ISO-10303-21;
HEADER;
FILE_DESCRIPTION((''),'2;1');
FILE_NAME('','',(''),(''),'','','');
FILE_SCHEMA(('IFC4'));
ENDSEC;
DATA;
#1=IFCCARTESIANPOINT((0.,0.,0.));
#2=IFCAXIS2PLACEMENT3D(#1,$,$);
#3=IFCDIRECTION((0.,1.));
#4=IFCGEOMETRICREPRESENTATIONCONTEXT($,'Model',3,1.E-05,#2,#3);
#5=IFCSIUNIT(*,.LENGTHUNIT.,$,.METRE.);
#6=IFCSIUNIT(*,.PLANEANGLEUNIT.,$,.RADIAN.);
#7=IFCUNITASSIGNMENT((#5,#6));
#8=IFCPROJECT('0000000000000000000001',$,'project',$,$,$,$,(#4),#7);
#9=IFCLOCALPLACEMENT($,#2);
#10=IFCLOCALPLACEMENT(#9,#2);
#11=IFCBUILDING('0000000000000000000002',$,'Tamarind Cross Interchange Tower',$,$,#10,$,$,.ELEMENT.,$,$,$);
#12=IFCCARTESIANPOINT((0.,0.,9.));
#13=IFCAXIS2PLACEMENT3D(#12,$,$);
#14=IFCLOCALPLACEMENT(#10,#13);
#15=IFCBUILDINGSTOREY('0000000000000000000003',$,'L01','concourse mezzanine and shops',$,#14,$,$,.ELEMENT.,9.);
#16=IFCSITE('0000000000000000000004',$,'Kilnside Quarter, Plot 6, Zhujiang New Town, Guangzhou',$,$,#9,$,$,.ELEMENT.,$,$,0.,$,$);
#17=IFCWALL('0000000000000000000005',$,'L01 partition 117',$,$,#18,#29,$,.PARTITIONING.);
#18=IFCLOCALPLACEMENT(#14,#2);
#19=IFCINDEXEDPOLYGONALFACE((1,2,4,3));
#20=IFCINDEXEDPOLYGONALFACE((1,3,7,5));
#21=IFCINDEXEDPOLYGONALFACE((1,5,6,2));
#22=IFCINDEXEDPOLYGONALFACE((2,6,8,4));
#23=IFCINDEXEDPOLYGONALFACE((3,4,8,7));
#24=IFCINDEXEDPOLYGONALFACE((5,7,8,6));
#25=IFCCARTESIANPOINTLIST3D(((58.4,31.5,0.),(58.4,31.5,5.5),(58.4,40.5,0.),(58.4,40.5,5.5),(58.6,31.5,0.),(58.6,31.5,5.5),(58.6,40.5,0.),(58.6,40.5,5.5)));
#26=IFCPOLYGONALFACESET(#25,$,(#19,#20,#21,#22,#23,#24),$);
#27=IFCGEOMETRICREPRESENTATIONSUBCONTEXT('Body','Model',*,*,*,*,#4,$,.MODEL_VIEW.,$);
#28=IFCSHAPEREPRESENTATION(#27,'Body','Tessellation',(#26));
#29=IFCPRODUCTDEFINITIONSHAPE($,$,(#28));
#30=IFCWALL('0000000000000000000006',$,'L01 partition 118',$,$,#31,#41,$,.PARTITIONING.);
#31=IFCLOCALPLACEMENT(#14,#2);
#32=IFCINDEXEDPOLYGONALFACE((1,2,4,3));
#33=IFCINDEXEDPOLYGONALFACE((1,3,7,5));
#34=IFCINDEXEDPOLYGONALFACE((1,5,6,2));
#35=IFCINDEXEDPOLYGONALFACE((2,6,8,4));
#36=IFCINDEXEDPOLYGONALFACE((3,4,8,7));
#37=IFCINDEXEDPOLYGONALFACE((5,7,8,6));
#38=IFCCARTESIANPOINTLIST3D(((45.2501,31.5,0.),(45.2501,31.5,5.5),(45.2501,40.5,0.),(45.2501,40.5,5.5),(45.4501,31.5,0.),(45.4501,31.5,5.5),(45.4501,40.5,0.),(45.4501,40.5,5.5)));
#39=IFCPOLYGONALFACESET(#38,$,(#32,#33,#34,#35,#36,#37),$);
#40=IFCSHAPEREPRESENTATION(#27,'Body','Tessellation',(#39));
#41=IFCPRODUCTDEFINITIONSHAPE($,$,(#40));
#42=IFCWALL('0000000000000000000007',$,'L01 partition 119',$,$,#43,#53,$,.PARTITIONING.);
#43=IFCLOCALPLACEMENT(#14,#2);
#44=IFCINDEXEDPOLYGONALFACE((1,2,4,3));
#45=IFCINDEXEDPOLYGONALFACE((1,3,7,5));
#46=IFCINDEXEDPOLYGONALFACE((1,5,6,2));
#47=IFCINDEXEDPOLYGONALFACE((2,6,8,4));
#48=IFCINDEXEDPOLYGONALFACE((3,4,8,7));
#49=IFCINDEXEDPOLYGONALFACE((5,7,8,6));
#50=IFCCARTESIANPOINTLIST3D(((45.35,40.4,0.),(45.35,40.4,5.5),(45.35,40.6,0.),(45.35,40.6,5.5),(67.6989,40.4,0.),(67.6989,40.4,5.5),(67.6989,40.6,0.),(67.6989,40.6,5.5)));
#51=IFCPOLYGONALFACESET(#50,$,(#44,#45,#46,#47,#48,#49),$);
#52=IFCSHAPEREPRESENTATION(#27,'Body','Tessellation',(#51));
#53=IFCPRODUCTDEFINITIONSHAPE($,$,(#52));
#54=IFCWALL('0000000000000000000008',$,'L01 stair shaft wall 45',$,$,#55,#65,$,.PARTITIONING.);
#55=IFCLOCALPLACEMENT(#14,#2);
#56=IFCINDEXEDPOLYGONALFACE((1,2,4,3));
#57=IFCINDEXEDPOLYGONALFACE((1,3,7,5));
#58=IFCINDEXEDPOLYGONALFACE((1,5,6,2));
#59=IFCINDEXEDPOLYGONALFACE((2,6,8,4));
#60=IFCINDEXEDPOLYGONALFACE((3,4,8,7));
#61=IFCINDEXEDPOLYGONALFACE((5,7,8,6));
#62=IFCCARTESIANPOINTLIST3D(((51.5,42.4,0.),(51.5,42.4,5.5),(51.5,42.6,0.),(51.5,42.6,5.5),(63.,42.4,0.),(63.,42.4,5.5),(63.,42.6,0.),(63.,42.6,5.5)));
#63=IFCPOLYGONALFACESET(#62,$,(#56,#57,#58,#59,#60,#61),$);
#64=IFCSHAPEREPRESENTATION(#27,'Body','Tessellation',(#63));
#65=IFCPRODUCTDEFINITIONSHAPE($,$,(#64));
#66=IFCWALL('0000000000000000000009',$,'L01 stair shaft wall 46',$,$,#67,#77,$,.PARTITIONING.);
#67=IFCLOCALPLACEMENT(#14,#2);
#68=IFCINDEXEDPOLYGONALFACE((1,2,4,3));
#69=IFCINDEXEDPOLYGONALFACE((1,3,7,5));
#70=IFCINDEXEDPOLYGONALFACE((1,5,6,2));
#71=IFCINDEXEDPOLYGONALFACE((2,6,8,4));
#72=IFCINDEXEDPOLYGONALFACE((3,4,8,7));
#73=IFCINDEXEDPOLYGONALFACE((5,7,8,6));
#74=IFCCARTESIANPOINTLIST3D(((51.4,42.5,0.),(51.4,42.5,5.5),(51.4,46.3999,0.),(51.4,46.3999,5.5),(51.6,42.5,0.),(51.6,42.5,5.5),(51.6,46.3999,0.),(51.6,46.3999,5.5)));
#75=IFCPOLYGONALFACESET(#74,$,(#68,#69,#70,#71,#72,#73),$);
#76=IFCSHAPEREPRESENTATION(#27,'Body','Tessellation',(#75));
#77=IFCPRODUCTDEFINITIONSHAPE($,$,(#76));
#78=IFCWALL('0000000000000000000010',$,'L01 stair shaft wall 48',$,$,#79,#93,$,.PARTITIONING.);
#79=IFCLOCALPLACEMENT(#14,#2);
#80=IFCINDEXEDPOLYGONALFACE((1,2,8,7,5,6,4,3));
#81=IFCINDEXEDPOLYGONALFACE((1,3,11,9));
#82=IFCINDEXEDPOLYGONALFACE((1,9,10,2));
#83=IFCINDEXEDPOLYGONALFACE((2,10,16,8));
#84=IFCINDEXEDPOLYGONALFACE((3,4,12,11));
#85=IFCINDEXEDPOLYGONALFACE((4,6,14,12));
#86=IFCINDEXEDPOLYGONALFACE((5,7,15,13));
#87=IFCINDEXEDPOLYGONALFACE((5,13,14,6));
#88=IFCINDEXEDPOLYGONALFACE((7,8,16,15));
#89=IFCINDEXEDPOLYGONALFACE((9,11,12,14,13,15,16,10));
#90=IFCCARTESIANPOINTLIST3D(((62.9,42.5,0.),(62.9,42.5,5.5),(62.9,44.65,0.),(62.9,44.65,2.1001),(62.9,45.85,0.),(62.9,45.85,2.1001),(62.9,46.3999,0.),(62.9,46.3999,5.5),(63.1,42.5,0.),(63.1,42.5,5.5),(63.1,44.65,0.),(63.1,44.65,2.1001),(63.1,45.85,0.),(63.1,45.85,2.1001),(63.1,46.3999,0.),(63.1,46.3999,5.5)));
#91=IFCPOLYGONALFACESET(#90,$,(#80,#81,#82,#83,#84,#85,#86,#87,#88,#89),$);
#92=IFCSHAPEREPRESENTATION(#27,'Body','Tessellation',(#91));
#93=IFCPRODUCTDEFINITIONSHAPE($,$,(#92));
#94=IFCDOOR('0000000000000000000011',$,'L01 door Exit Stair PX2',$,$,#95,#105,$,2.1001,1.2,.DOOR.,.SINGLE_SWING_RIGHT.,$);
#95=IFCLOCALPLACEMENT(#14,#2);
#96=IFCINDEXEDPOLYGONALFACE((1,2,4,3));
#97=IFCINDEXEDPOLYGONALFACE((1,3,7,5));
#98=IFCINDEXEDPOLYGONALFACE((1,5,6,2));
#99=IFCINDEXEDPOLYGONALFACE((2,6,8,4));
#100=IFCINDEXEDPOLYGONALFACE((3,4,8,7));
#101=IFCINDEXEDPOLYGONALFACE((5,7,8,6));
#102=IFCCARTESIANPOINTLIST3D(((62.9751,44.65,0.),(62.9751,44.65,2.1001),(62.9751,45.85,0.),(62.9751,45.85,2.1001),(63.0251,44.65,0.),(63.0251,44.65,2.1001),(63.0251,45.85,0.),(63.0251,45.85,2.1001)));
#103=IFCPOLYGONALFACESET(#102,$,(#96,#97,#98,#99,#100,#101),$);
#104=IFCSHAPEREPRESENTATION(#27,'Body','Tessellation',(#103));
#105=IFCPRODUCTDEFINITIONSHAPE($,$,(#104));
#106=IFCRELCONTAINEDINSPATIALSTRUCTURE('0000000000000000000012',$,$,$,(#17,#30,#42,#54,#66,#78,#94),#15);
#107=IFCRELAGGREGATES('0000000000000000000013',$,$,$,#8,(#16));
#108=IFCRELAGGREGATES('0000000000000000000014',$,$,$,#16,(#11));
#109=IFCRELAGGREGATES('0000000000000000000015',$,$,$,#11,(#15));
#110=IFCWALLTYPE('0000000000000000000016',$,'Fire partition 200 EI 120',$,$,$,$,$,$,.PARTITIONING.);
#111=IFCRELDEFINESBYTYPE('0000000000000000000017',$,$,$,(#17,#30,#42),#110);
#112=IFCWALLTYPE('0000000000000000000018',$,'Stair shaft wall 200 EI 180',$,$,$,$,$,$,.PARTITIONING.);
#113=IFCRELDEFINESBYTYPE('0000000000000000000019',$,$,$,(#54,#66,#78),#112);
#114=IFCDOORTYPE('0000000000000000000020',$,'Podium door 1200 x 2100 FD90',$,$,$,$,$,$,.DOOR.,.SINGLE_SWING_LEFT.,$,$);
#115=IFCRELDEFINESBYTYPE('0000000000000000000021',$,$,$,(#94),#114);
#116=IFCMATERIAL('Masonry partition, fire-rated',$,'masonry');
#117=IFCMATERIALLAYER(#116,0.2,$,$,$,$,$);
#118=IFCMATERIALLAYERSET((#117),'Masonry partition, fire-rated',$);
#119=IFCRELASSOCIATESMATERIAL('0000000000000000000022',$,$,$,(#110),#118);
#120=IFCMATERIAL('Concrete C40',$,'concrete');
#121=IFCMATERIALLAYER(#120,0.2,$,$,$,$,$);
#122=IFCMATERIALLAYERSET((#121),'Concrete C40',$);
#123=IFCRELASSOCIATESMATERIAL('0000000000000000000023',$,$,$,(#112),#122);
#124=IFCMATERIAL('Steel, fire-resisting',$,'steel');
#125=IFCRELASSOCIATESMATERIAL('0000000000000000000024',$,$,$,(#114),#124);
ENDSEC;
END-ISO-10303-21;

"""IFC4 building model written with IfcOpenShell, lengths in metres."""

from ifc_helpers import new_model, si_unit, direction, frame, frame_2d, origin, place, context, subcontext, project, spatial, rectangle, extrude, material, layer, layer_set, type_object, element, fill, save


model = new_model("IFC4")

# Units and contexts
model_context = context("Model", 3, precision=1e-05, world=origin(), true_north=direction((0.0, 1.0)))
body_context = subcontext(model_context, "Body", "Model", "MODEL_VIEW")
ifc_project = project(units=[si_unit("LENGTHUNIT", "METRE"), si_unit("PLANEANGLEUNIT", "RADIAN")], contexts=[model_context])

# Site, building, storey
site_placement = place(None, origin())
site = spatial("IfcSite", under=ifc_project, at=site_placement, Name="Kilnside Quarter, Plot 6, Zhujiang New Town, Guangzhou", CompositionType="ELEMENT", RefElevation=0.0)
building_placement = place(site_placement, origin())
building = spatial("IfcBuilding", under=site, at=building_placement, Name="Tamarind Cross Interchange Tower", CompositionType="ELEMENT")
storey_placement = place(building_placement, frame((0.0, 0.0, 9.0)))
storey = spatial("IfcBuildingStorey", under=building, at=storey_placement, Name="L01", Description="concourse mezzanine and shops", CompositionType="ELEMENT", Elevation=9.0)

# Shared definitions
ifc_material_1 = material(Name="Masonry partition, fire-rated", Category="masonry")
ifc_layer_1 = layer(ifc_material_1, 0.2)
ifc_layer_set_1 = layer_set([ifc_layer_1], Name="Masonry partition, fire-rated")
wall_type_1 = type_object("IfcWallType", Name="Fire partition 200 EI 120", PredefinedType="PARTITIONING", material=ifc_layer_set_1)
ifc_material_2 = material(Name="Steel, fire-resisting", Category="steel")

# Walls
for number, where, z_axis, x_axis, name in (
    (1, (58.5, 31.5, 0.0), (0.0, 0.0, 1.0), (0.0, 1.0, 0.0), "L01 partition 117"),
    (2, (45.3501, 31.5, 0.0), (0.0, 0.0, 1.0), (0.0, 1.0, 0.0), "L01 partition 118"),
):
    element("IfcWall", number, at=place(storey_placement, frame(where, z_axis=z_axis, x_axis=x_axis)), inside=storey, type_object=wall_type_1, Name=name, PredefinedType="PARTITIONING", context=body_context, shape_type="SweptSolid", body=[
        extrude(rectangle(XDim=9.0, YDim=0.2, at=frame_2d((4.5, 0.0))), origin(), (0.0, 0.0, 1.0), 5.5),
    ])
wall_1_placement = place(storey_placement, frame((45.3501, 40.5, 0.0), z_axis=(0.0, 0.0, 1.0), x_axis=(1.0, 0.0, 0.0)))
element("IfcWall", 3, at=wall_1_placement, inside=storey, type_object=wall_type_1, Name="L01 partition 119", PredefinedType="PARTITIONING", context=body_context, shape_type="SweptSolid", body=[
    extrude(rectangle(XDim=22.3489, YDim=0.2, at=frame_2d((11.1743, 0.0))), origin(), (0.0, 0.0, 1.0), 5.5),
])
ifc_material_3 = material(Name="Concrete C40", Category="concrete")
ifc_layer_2 = layer(ifc_material_3, 0.2)
ifc_layer_set_2 = layer_set([ifc_layer_2], Name="Concrete C40")
wall_type_2 = type_object("IfcWallType", Name="Stair shaft wall 200 EI 180", PredefinedType="PARTITIONING", material=ifc_layer_set_2)
wall_2_placement = place(storey_placement, frame((51.5, 42.5, 0.0), z_axis=(0.0, 0.0, 1.0), x_axis=(1.0, 0.0, 0.0)))
element("IfcWall", 4, at=wall_2_placement, inside=storey, type_object=wall_type_2, Name="L01 stair shaft wall 45", PredefinedType="PARTITIONING", context=body_context, shape_type="SweptSolid", body=[
    extrude(rectangle(XDim=11.5, YDim=0.2, at=frame_2d((5.75, 0.0))), origin(), (0.0, 0.0, 1.0), 5.5),
])
wall_3_placement = place(storey_placement, frame((51.5, 42.5, 0.0), z_axis=(0.0, 0.0, 1.0), x_axis=(0.0, 1.0, 0.0)))
element("IfcWall", 5, at=wall_3_placement, inside=storey, type_object=wall_type_2, Name="L01 stair shaft wall 46", PredefinedType="PARTITIONING", context=body_context, shape_type="SweptSolid", body=[
    extrude(rectangle(XDim=3.8999, YDim=0.2, at=frame_2d((1.95, 0.0))), origin(), (0.0, 0.0, 1.0), 5.5),
])

# Wall, opening, door
wall_4_placement = place(storey_placement, frame((63.0, 42.5, 0.0), z_axis=(0.0, 0.0, 1.0), x_axis=(0.0, 1.0, 0.0)))
wall_4 = element("IfcWall", 6, at=wall_4_placement, inside=storey, type_object=wall_type_2, Name="L01 stair shaft wall 48", PredefinedType="PARTITIONING", context=body_context, shape_type="SweptSolid", body=[
    extrude(rectangle(XDim=3.8999, YDim=0.2, at=frame_2d((1.95, 0.0))), origin(), (0.0, 0.0, 1.0), 5.5),
])
opening_1_placement = place(wall_4_placement, frame((2.1499, 0.0, 0.0)))
opening_1 = element("IfcOpeningElement", 7, at=opening_1_placement, cuts=wall_4, PredefinedType="OPENING", context=body_context, shape_type="SweptSolid", body=[
    extrude(rectangle(XDim=1.2, YDim=2.1001, at=frame_2d((0.6001, 1.05))), frame((0.0, 0.1099, 0.0), z_axis=(0.0, -1.0, 0.0), x_axis=(1.0, 0.0, 0.0)), (0.0, 0.0, 1.0), 0.22),
])
door_type_1 = type_object("IfcDoorType", Name="Podium door 1200 x 2100 FD90", OperationType="SINGLE_SWING_LEFT", PredefinedType="DOOR", material=ifc_material_2)
door_1_placement = place(opening_1_placement, origin())
door_1 = element("IfcDoor", 8, at=door_1_placement, inside=storey, type_object=door_type_1, Name="L01 door Exit Stair PX2", OperationType="SINGLE_SWING_RIGHT", OverallHeight=2.1001, OverallWidth=1.2, PredefinedType="DOOR", context=body_context, shape_type="SweptSolid", body=[
    extrude(rectangle(XDim=1.2, YDim=2.1001, at=frame_2d((0.6001, 1.05))), frame((0.0, 0.0249, 0.0), z_axis=(0.0, -1.0, 0.0), x_axis=(1.0, 0.0, 0.0)), (0.0, 0.0, 1.0), 0.05),
])
fill(opening_1, door_1)

save(model, "model.ifc")
